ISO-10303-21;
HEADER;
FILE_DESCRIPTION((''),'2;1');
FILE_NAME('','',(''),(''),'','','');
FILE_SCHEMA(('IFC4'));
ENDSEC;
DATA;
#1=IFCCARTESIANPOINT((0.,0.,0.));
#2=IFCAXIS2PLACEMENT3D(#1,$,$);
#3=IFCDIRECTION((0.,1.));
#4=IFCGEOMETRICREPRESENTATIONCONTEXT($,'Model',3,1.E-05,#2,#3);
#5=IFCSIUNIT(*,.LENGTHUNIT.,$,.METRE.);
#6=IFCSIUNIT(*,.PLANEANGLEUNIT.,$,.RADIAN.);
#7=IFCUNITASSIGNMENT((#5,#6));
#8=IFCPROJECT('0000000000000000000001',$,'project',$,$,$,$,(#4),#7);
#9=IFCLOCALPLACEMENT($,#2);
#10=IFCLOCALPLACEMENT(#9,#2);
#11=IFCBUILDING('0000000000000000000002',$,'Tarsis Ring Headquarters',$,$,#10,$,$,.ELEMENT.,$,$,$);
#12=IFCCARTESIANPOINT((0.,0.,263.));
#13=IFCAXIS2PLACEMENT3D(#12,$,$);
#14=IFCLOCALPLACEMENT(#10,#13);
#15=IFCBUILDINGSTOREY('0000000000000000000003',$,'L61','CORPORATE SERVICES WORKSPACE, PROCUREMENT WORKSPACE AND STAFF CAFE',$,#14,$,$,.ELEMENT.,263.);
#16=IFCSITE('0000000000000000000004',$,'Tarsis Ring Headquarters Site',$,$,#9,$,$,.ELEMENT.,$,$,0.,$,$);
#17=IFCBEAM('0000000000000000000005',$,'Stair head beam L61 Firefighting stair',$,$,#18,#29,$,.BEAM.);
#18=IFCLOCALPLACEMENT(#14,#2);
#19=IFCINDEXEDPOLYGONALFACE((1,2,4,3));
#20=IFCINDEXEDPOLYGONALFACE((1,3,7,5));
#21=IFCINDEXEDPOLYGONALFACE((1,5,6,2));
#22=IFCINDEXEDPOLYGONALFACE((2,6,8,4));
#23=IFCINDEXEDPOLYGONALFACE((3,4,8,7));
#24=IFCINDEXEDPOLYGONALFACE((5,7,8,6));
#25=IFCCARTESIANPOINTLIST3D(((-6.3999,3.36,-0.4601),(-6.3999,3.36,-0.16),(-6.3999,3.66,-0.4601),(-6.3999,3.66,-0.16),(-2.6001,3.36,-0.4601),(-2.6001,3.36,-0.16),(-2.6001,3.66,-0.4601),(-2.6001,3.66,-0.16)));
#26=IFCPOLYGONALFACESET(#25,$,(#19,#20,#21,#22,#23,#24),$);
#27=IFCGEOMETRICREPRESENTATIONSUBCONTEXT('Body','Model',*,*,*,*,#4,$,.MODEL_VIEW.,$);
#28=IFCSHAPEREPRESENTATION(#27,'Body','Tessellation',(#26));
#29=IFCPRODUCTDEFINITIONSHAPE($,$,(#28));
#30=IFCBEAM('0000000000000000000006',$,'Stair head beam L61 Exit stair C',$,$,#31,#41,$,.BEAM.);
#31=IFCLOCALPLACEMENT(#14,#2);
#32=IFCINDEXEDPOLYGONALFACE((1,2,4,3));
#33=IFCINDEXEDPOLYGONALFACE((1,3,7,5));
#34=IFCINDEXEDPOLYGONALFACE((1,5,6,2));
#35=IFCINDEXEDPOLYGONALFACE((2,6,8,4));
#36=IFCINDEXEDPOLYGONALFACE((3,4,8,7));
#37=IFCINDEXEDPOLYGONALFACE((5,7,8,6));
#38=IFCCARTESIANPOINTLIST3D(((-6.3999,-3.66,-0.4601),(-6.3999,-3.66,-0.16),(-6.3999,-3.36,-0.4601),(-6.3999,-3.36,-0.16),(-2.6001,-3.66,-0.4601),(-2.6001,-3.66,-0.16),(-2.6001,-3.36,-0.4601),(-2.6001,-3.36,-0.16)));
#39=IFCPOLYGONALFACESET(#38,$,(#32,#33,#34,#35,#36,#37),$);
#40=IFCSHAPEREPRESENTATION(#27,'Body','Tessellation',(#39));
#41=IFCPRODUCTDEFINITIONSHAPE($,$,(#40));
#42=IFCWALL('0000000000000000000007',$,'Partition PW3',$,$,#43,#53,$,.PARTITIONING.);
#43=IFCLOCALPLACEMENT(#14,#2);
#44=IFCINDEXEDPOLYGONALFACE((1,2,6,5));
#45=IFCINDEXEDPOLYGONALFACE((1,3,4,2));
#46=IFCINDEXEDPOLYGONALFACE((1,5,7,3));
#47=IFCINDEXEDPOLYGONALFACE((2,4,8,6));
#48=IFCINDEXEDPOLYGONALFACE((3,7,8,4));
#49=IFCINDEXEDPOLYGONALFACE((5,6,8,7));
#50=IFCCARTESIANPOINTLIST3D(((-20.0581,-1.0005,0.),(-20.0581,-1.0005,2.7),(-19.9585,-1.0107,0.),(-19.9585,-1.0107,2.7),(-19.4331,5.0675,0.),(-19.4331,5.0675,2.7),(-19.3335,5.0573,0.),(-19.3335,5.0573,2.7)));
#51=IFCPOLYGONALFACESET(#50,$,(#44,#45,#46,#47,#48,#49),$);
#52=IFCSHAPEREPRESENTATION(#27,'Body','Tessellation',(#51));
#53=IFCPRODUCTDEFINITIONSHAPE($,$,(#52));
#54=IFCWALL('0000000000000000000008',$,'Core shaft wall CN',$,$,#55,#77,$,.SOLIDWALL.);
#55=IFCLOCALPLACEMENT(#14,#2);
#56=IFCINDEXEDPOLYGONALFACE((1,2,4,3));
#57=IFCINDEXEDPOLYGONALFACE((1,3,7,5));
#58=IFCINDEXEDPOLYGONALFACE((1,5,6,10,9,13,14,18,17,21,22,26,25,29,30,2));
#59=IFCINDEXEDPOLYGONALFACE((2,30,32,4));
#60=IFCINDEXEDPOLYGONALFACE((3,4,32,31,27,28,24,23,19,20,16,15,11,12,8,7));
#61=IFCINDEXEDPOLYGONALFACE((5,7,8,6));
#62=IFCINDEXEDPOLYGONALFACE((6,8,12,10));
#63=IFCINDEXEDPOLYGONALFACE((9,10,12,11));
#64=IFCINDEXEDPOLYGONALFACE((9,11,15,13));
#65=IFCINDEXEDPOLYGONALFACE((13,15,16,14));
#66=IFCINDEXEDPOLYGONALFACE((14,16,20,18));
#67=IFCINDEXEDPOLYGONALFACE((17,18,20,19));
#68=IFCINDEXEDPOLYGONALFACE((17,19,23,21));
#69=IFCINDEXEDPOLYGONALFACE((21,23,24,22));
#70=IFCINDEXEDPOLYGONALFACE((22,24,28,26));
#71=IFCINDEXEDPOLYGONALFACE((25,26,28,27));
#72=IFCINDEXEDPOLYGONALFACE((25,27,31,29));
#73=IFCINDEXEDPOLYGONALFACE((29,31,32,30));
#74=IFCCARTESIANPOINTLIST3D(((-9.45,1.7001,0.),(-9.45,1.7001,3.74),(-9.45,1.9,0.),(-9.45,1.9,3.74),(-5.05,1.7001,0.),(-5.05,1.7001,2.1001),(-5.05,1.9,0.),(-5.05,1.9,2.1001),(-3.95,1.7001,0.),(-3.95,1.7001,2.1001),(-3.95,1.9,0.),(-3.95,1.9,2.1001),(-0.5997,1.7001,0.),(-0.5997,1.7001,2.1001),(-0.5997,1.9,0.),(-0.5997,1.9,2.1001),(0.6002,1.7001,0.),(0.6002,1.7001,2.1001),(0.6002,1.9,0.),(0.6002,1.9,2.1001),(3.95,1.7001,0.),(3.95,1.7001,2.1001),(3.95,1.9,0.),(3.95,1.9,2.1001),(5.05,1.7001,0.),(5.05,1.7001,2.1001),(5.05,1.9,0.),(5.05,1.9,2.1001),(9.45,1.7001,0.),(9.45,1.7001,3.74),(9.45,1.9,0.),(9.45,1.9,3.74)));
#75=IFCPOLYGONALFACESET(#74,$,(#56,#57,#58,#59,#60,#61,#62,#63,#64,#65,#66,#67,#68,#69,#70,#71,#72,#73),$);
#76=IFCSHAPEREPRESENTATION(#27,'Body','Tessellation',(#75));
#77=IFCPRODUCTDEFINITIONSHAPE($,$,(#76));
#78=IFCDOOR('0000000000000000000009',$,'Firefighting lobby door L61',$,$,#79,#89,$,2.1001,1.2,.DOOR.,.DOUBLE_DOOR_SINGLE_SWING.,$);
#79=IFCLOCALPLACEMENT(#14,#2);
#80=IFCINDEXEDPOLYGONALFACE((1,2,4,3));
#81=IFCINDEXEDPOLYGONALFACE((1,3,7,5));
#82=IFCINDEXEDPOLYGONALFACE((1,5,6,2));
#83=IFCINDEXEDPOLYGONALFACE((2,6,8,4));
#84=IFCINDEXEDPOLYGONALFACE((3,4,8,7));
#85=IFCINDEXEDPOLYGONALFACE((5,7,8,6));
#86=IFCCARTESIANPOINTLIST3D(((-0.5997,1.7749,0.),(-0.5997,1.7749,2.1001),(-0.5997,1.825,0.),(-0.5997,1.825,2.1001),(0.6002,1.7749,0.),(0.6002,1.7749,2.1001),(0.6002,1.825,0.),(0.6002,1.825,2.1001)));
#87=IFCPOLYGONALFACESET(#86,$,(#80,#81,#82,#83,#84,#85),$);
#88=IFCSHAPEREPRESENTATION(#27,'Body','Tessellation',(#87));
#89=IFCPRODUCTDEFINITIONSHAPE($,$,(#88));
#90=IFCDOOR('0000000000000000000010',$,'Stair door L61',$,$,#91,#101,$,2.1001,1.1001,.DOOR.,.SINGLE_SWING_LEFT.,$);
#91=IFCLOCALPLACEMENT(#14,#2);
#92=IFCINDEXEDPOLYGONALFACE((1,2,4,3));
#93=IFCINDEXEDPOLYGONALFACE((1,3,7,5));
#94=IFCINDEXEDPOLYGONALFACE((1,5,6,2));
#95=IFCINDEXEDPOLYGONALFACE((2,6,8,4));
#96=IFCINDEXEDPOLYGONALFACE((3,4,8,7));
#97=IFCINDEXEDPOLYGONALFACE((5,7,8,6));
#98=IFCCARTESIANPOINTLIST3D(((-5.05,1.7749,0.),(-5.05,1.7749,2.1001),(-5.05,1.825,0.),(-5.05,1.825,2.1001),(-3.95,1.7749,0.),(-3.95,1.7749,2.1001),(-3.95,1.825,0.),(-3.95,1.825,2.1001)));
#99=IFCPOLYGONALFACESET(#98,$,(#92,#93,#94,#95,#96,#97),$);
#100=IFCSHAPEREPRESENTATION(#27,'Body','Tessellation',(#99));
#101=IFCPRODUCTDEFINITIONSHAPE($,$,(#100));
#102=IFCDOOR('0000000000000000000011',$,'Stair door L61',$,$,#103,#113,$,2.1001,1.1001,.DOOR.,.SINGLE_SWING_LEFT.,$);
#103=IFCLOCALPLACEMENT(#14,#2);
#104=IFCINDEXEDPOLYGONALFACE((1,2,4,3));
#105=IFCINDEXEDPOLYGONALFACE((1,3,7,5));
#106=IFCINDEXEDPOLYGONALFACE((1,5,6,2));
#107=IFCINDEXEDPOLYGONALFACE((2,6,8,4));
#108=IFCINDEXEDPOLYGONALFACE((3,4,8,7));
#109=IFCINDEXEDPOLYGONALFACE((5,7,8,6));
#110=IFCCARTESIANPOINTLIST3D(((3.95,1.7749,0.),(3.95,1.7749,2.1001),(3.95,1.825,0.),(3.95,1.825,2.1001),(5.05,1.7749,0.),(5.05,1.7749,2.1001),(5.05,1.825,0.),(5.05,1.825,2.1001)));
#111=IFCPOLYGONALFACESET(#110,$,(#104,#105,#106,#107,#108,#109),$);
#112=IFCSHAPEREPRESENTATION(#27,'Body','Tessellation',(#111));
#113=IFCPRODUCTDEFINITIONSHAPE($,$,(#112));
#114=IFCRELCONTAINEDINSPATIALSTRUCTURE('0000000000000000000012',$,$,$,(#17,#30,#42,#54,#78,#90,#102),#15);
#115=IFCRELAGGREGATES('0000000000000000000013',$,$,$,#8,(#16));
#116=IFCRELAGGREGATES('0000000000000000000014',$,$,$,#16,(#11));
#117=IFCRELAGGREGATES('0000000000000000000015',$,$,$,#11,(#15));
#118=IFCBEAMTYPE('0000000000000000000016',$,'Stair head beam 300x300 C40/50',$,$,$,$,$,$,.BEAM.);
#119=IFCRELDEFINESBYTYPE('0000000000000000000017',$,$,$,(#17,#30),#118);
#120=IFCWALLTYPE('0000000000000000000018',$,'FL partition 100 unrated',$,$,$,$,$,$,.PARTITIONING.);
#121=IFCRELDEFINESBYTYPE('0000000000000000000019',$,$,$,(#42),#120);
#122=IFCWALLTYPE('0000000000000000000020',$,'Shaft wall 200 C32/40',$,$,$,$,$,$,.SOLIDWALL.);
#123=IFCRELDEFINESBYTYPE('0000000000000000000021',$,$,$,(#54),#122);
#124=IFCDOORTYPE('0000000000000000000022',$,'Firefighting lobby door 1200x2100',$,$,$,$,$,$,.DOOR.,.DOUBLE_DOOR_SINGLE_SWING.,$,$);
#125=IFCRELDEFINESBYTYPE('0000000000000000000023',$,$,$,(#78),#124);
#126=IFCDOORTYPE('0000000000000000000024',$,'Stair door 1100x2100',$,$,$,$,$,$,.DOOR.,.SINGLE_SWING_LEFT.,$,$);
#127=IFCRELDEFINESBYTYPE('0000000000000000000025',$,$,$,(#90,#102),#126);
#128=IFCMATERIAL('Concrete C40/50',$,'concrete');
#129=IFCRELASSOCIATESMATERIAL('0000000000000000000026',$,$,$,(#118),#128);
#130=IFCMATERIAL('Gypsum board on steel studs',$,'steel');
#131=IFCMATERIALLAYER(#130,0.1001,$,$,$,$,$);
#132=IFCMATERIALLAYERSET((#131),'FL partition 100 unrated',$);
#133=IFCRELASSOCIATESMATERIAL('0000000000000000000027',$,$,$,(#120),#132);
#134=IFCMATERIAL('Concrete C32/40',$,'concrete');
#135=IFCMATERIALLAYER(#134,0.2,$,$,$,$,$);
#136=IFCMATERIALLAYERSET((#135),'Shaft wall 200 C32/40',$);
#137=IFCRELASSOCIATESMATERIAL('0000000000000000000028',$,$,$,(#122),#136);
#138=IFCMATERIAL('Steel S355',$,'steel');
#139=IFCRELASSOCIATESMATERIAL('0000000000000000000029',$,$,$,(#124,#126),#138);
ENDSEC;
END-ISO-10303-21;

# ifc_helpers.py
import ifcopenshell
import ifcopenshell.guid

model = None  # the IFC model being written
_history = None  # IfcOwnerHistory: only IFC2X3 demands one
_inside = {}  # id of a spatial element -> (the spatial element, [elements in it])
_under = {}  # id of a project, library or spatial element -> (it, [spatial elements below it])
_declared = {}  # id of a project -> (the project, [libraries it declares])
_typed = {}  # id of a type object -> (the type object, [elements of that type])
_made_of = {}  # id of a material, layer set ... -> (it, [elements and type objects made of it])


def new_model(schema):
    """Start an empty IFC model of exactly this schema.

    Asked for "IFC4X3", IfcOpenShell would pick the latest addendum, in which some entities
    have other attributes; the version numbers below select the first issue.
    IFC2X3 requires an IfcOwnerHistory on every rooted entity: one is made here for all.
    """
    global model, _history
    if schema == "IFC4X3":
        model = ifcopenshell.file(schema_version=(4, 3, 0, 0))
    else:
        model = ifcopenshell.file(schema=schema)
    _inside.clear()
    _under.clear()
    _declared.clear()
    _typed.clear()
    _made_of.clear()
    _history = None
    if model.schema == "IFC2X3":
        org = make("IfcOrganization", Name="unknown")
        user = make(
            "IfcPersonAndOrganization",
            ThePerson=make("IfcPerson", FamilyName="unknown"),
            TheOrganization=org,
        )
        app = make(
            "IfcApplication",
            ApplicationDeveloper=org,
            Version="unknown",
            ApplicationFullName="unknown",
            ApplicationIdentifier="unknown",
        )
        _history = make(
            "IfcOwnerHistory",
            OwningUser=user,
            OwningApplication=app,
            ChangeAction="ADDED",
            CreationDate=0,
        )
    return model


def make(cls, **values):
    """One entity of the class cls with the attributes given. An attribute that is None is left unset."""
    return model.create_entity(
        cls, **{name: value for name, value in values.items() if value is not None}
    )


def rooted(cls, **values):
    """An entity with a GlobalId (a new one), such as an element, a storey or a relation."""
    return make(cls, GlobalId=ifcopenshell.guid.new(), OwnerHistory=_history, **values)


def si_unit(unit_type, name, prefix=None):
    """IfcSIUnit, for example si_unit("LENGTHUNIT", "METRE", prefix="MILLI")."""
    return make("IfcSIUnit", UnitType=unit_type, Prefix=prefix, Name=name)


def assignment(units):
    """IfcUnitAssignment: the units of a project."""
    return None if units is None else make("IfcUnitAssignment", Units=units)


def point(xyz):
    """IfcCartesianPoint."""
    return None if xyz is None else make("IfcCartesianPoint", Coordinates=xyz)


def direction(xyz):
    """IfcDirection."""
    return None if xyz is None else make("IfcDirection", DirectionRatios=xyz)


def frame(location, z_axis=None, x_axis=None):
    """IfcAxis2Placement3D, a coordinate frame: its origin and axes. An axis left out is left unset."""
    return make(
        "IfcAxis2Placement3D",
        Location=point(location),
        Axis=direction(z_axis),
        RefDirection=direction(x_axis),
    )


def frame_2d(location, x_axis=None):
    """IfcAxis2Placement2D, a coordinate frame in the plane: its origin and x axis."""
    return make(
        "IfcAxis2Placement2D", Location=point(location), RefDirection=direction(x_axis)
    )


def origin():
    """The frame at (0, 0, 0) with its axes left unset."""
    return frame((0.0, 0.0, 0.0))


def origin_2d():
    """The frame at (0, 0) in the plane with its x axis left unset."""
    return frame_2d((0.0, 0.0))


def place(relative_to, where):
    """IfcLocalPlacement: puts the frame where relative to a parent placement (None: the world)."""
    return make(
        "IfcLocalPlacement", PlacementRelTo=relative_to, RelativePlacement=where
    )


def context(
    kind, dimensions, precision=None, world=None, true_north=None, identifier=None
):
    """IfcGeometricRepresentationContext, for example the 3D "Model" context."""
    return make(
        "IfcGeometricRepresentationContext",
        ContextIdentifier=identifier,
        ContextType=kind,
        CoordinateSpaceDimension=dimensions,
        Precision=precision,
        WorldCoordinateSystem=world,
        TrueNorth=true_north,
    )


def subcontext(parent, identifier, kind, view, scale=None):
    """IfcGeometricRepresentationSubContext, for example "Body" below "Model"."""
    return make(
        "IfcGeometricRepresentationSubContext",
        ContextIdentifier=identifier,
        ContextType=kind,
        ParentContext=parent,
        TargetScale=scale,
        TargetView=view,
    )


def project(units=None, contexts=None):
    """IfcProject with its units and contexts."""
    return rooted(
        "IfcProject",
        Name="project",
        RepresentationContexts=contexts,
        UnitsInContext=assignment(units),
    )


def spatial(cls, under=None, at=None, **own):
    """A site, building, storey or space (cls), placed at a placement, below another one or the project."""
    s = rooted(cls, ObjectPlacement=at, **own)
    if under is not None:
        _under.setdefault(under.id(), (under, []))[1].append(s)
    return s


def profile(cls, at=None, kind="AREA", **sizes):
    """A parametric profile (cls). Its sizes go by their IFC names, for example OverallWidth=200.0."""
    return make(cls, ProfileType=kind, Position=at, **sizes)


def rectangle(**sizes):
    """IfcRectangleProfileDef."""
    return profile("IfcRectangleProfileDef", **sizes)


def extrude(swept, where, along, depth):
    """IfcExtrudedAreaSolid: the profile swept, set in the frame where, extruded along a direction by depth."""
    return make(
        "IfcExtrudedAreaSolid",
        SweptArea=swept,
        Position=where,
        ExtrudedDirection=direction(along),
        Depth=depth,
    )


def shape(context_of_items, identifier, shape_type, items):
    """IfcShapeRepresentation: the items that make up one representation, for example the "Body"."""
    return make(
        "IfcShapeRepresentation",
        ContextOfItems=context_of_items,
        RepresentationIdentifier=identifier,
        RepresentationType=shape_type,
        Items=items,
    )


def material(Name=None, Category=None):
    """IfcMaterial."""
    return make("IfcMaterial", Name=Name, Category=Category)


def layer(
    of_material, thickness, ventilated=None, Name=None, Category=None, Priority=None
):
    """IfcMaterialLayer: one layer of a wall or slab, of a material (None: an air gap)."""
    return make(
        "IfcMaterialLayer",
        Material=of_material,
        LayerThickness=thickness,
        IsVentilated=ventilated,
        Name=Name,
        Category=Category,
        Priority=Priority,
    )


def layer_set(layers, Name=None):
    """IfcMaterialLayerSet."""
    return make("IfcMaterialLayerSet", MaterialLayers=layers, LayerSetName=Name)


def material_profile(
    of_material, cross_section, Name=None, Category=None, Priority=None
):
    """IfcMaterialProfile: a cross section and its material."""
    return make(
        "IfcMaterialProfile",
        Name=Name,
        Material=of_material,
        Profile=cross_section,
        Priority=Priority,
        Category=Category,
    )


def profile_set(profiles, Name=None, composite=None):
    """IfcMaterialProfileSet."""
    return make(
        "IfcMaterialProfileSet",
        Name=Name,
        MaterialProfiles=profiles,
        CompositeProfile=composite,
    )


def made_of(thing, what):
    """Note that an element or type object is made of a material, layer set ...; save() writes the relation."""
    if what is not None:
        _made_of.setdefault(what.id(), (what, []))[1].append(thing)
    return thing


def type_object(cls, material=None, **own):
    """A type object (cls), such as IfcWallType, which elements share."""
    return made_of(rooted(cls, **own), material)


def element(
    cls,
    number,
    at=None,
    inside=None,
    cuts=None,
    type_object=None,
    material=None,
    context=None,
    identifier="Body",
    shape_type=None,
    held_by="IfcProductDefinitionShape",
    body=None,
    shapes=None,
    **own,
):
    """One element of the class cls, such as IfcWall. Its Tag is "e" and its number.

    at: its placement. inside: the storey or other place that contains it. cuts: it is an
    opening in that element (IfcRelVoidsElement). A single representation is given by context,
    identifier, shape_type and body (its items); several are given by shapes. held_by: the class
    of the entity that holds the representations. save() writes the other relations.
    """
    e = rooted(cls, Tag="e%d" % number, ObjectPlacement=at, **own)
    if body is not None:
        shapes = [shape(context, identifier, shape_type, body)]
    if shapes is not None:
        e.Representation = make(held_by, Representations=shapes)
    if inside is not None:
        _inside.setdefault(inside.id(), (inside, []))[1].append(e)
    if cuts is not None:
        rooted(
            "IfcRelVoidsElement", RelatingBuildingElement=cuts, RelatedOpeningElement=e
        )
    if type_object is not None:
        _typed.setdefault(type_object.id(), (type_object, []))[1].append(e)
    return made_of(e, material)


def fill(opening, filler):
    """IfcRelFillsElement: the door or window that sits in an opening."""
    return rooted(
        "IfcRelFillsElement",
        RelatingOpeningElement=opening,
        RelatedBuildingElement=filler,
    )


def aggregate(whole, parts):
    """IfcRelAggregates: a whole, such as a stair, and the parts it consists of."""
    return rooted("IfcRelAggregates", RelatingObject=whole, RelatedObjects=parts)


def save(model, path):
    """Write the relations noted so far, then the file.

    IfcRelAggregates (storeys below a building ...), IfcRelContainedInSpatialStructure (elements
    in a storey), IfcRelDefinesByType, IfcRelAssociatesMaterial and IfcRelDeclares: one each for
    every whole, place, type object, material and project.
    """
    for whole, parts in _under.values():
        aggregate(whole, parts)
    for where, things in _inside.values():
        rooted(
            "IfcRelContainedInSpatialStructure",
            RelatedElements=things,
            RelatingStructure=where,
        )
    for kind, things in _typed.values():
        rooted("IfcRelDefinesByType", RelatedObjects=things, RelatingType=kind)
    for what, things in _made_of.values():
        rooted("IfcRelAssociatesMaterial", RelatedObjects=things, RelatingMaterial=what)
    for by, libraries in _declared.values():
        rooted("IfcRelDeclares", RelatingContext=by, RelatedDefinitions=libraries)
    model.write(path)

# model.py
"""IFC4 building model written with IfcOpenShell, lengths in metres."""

from ifc_helpers import new_model, si_unit, direction, frame, frame_2d, origin, origin_2d, place, context, subcontext, project, spatial, rectangle, extrude, material, layer, layer_set, material_profile, profile_set, type_object, element, fill, save


model = new_model("IFC4")

# Units and contexts
model_context = context("Model", 3, precision=1e-05, world=origin(), true_north=direction((0.0, 1.0)))
body_context = subcontext(model_context, "Body", "Model", "MODEL_VIEW")
ifc_project = project(units=[si_unit("LENGTHUNIT", "METRE"), si_unit("PLANEANGLEUNIT", "RADIAN")], contexts=[model_context])

# Site, building, storey
site_placement = place(None, origin())
site = spatial("IfcSite", under=ifc_project, at=site_placement, Name="Tarsis Ring Headquarters Site", CompositionType="ELEMENT", RefElevation=0.0)
building_placement = place(site_placement, origin())
building = spatial("IfcBuilding", under=site, at=building_placement, Name="Tarsis Ring Headquarters", CompositionType="ELEMENT")
storey_placement = place(building_placement, frame((0.0, 0.0, 263.0)))
storey = spatial("IfcBuildingStorey", under=building, at=storey_placement, Name="L61", Description="CORPORATE SERVICES WORKSPACE, PROCUREMENT WORKSPACE AND STAFF CAFE", CompositionType="ELEMENT", Elevation=263.0)

# Beams
ifc_material_1 = material(Name="Concrete C40/50", Category="concrete")
ifc_material_profile = material_profile(ifc_material_1, rectangle(XDim=0.3, YDim=0.3, at=origin_2d()), Name="Stair head beam 300x300 C40/50")
ifc_profile_set = profile_set([ifc_material_profile], Name="Concrete C40/50")
beam_type = type_object("IfcBeamType", Name="Stair head beam 300x300 C40/50", PredefinedType="BEAM", material=ifc_profile_set)
for number, where, z_axis, x_axis, name in (
    (1, (-6.3999, 3.51, -0.3101), (1.0, 0.0, 0.0), (0.0, 1.0, 0.0), "Stair head beam L61 Firefighting stair"),
    (2, (-6.3999, -3.51, -0.3101), (1.0, 0.0, 0.0), (0.0, 1.0, 0.0), "Stair head beam L61 Exit stair C"),
):
    element("IfcBeam", number, at=place(storey_placement, frame(where, z_axis=z_axis, x_axis=x_axis)), inside=storey, type_object=beam_type, Name=name, PredefinedType="BEAM", context=body_context, shape_type="SweptSolid", body=[
        extrude(rectangle(XDim=0.3, YDim=0.3, at=origin_2d()), origin(), (0.0, 0.0, 1.0), 3.7998),
    ])

# Wall
ifc_material_2 = material(Name="Gypsum board on steel studs", Category="steel")
ifc_layer_1 = layer(ifc_material_2, 0.1001)
ifc_layer_set_1 = layer_set([ifc_layer_1], Name="FL partition 100 unrated")
wall_type_1 = type_object("IfcWallType", Name="FL partition 100 unrated", PredefinedType="PARTITIONING", material=ifc_layer_set_1)
wall_1_placement = place(storey_placement, frame((-20.0083, -1.0056, 0.0), z_axis=(0.0, 0.0, 1.0), x_axis=(0.102455, 0.994738, 0.0)))
element("IfcWall", 3, at=wall_1_placement, inside=storey, type_object=wall_type_1, Name="Partition PW3", PredefinedType="PARTITIONING", context=body_context, shape_type="SweptSolid", body=[
    extrude(rectangle(XDim=6.1001, YDim=0.1001, at=frame_2d((3.05, 0.0))), origin(), (0.0, 0.0, 1.0), 2.7),
])

# Wall, openings, doors
ifc_material_3 = material(Name="Concrete C32/40", Category="concrete")
ifc_layer_2 = layer(ifc_material_3, 0.2)
ifc_layer_set_2 = layer_set([ifc_layer_2], Name="Shaft wall 200 C32/40")
wall_type_2 = type_object("IfcWallType", Name="Shaft wall 200 C32/40", PredefinedType="SOLIDWALL", material=ifc_layer_set_2)
wall_2_placement = place(storey_placement, frame((-9.45, 1.8, 0.0), z_axis=(0.0, 0.0, 1.0), x_axis=(1.0, 0.0, 0.0)))
wall_2 = element("IfcWall", 4, at=wall_2_placement, inside=storey, type_object=wall_type_2, Name="Core shaft wall CN", PredefinedType="SOLIDWALL", context=body_context, shape_type="SweptSolid", body=[
    extrude(rectangle(XDim=18.8999, YDim=0.2, at=frame_2d((9.45, 0.0))), origin(), (0.0, 0.0, 1.0), 3.74),
])
opening_1_placement = place(wall_2_placement, frame((4.3999, 0.0, 0.0)))
opening_1 = element("IfcOpeningElement", 5, at=opening_1_placement, cuts=wall_2, PredefinedType="OPENING", context=body_context, shape_type="SweptSolid", body=[
    extrude(rectangle(XDim=1.1001, YDim=2.1001, at=frame_2d((0.55, 1.05))), frame((0.0, 0.1099, 0.0), z_axis=(0.0, -1.0, 0.0), x_axis=(1.0, 0.0, 0.0)), (0.0, 0.0, 1.0), 0.22),
])
opening_2_placement = place(wall_2_placement, frame((8.8501, 0.0, 0.0)))
opening_2 = element("IfcOpeningElement", 6, at=opening_2_placement, cuts=wall_2, PredefinedType="OPENING", context=body_context, shape_type="SweptSolid", body=[
    extrude(rectangle(XDim=1.2, YDim=2.1001, at=frame_2d((0.6001, 1.05))), frame((0.0, 0.1099, 0.0), z_axis=(0.0, -1.0, 0.0), x_axis=(1.0, 0.0, 0.0)), (0.0, 0.0, 1.0), 0.22),
])
opening_3_placement = place(wall_2_placement, frame((13.3999, 0.0, 0.0)))
opening_3 = element("IfcOpeningElement", 7, at=opening_3_placement, cuts=wall_2, PredefinedType="OPENING", context=body_context, shape_type="SweptSolid", body=[
    extrude(rectangle(XDim=1.1001, YDim=2.1001, at=frame_2d((0.55, 1.05))), frame((0.0, 0.1099, 0.0), z_axis=(0.0, -1.0, 0.0), x_axis=(1.0, 0.0, 0.0)), (0.0, 0.0, 1.0), 0.22),
])
ifc_material_4 = material(Name="Steel S355", Category="steel")
door_type_1 = type_object("IfcDoorType", Name="Firefighting lobby door 1200x2100", OperationType="DOUBLE_DOOR_SINGLE_SWING", PredefinedType="DOOR", material=ifc_material_4)
door_1_placement = place(opening_2_placement, origin())
door_1 = element("IfcDoor", 8, at=door_1_placement, inside=storey, type_object=door_type_1, Name="Firefighting lobby door L61", OperationType="DOUBLE_DOOR_SINGLE_SWING", OverallHeight=2.1001, OverallWidth=1.2, PredefinedType="DOOR", context=body_context, shape_type="SweptSolid", body=[
    extrude(rectangle(XDim=1.2, YDim=2.1001, at=frame_2d((0.6001, 1.05))), frame((0.0, 0.0249, 0.0), z_axis=(0.0, -1.0, 0.0), x_axis=(1.0, 0.0, 0.0)), (0.0, 0.0, 1.0), 0.05),
])
fill(opening_2, door_1)
door_type_2 = type_object("IfcDoorType", Name="Stair door 1100x2100", OperationType="SINGLE_SWING_LEFT", PredefinedType="DOOR", material=ifc_material_4)
door_2_placement = place(opening_1_placement, origin())
door_2 = element("IfcDoor", 9, at=door_2_placement, inside=storey, type_object=door_type_2, Name="Stair door L61", OperationType="SINGLE_SWING_LEFT", OverallHeight=2.1001, OverallWidth=1.1001, PredefinedType="DOOR", context=body_context, shape_type="SweptSolid", body=[
    extrude(rectangle(XDim=1.1001, YDim=2.1001, at=frame_2d((0.55, 1.05))), frame((0.0, 0.0249, 0.0), z_axis=(0.0, -1.0, 0.0), x_axis=(1.0, 0.0, 0.0)), (0.0, 0.0, 1.0), 0.05),
])
fill(opening_1, door_2)
door_3_placement = place(opening_3_placement, origin())
door_3 = element("IfcDoor", 10, at=door_3_placement, inside=storey, type_object=door_type_2, Name="Stair door L61", OperationType="SINGLE_SWING_LEFT", OverallHeight=2.1001, OverallWidth=1.1001, PredefinedType="DOOR", context=body_context, shape_type="SweptSolid", body=[
    extrude(rectangle(XDim=1.1001, YDim=2.1001, at=frame_2d((0.55, 1.05))), frame((0.0, 0.0249, 0.0), z_axis=(0.0, -1.0, 0.0), x_axis=(1.0, 0.0, 0.0)), (0.0, 0.0, 1.0), 0.05),
])
fill(opening_3, door_3)

save(model, "model.ifc")
